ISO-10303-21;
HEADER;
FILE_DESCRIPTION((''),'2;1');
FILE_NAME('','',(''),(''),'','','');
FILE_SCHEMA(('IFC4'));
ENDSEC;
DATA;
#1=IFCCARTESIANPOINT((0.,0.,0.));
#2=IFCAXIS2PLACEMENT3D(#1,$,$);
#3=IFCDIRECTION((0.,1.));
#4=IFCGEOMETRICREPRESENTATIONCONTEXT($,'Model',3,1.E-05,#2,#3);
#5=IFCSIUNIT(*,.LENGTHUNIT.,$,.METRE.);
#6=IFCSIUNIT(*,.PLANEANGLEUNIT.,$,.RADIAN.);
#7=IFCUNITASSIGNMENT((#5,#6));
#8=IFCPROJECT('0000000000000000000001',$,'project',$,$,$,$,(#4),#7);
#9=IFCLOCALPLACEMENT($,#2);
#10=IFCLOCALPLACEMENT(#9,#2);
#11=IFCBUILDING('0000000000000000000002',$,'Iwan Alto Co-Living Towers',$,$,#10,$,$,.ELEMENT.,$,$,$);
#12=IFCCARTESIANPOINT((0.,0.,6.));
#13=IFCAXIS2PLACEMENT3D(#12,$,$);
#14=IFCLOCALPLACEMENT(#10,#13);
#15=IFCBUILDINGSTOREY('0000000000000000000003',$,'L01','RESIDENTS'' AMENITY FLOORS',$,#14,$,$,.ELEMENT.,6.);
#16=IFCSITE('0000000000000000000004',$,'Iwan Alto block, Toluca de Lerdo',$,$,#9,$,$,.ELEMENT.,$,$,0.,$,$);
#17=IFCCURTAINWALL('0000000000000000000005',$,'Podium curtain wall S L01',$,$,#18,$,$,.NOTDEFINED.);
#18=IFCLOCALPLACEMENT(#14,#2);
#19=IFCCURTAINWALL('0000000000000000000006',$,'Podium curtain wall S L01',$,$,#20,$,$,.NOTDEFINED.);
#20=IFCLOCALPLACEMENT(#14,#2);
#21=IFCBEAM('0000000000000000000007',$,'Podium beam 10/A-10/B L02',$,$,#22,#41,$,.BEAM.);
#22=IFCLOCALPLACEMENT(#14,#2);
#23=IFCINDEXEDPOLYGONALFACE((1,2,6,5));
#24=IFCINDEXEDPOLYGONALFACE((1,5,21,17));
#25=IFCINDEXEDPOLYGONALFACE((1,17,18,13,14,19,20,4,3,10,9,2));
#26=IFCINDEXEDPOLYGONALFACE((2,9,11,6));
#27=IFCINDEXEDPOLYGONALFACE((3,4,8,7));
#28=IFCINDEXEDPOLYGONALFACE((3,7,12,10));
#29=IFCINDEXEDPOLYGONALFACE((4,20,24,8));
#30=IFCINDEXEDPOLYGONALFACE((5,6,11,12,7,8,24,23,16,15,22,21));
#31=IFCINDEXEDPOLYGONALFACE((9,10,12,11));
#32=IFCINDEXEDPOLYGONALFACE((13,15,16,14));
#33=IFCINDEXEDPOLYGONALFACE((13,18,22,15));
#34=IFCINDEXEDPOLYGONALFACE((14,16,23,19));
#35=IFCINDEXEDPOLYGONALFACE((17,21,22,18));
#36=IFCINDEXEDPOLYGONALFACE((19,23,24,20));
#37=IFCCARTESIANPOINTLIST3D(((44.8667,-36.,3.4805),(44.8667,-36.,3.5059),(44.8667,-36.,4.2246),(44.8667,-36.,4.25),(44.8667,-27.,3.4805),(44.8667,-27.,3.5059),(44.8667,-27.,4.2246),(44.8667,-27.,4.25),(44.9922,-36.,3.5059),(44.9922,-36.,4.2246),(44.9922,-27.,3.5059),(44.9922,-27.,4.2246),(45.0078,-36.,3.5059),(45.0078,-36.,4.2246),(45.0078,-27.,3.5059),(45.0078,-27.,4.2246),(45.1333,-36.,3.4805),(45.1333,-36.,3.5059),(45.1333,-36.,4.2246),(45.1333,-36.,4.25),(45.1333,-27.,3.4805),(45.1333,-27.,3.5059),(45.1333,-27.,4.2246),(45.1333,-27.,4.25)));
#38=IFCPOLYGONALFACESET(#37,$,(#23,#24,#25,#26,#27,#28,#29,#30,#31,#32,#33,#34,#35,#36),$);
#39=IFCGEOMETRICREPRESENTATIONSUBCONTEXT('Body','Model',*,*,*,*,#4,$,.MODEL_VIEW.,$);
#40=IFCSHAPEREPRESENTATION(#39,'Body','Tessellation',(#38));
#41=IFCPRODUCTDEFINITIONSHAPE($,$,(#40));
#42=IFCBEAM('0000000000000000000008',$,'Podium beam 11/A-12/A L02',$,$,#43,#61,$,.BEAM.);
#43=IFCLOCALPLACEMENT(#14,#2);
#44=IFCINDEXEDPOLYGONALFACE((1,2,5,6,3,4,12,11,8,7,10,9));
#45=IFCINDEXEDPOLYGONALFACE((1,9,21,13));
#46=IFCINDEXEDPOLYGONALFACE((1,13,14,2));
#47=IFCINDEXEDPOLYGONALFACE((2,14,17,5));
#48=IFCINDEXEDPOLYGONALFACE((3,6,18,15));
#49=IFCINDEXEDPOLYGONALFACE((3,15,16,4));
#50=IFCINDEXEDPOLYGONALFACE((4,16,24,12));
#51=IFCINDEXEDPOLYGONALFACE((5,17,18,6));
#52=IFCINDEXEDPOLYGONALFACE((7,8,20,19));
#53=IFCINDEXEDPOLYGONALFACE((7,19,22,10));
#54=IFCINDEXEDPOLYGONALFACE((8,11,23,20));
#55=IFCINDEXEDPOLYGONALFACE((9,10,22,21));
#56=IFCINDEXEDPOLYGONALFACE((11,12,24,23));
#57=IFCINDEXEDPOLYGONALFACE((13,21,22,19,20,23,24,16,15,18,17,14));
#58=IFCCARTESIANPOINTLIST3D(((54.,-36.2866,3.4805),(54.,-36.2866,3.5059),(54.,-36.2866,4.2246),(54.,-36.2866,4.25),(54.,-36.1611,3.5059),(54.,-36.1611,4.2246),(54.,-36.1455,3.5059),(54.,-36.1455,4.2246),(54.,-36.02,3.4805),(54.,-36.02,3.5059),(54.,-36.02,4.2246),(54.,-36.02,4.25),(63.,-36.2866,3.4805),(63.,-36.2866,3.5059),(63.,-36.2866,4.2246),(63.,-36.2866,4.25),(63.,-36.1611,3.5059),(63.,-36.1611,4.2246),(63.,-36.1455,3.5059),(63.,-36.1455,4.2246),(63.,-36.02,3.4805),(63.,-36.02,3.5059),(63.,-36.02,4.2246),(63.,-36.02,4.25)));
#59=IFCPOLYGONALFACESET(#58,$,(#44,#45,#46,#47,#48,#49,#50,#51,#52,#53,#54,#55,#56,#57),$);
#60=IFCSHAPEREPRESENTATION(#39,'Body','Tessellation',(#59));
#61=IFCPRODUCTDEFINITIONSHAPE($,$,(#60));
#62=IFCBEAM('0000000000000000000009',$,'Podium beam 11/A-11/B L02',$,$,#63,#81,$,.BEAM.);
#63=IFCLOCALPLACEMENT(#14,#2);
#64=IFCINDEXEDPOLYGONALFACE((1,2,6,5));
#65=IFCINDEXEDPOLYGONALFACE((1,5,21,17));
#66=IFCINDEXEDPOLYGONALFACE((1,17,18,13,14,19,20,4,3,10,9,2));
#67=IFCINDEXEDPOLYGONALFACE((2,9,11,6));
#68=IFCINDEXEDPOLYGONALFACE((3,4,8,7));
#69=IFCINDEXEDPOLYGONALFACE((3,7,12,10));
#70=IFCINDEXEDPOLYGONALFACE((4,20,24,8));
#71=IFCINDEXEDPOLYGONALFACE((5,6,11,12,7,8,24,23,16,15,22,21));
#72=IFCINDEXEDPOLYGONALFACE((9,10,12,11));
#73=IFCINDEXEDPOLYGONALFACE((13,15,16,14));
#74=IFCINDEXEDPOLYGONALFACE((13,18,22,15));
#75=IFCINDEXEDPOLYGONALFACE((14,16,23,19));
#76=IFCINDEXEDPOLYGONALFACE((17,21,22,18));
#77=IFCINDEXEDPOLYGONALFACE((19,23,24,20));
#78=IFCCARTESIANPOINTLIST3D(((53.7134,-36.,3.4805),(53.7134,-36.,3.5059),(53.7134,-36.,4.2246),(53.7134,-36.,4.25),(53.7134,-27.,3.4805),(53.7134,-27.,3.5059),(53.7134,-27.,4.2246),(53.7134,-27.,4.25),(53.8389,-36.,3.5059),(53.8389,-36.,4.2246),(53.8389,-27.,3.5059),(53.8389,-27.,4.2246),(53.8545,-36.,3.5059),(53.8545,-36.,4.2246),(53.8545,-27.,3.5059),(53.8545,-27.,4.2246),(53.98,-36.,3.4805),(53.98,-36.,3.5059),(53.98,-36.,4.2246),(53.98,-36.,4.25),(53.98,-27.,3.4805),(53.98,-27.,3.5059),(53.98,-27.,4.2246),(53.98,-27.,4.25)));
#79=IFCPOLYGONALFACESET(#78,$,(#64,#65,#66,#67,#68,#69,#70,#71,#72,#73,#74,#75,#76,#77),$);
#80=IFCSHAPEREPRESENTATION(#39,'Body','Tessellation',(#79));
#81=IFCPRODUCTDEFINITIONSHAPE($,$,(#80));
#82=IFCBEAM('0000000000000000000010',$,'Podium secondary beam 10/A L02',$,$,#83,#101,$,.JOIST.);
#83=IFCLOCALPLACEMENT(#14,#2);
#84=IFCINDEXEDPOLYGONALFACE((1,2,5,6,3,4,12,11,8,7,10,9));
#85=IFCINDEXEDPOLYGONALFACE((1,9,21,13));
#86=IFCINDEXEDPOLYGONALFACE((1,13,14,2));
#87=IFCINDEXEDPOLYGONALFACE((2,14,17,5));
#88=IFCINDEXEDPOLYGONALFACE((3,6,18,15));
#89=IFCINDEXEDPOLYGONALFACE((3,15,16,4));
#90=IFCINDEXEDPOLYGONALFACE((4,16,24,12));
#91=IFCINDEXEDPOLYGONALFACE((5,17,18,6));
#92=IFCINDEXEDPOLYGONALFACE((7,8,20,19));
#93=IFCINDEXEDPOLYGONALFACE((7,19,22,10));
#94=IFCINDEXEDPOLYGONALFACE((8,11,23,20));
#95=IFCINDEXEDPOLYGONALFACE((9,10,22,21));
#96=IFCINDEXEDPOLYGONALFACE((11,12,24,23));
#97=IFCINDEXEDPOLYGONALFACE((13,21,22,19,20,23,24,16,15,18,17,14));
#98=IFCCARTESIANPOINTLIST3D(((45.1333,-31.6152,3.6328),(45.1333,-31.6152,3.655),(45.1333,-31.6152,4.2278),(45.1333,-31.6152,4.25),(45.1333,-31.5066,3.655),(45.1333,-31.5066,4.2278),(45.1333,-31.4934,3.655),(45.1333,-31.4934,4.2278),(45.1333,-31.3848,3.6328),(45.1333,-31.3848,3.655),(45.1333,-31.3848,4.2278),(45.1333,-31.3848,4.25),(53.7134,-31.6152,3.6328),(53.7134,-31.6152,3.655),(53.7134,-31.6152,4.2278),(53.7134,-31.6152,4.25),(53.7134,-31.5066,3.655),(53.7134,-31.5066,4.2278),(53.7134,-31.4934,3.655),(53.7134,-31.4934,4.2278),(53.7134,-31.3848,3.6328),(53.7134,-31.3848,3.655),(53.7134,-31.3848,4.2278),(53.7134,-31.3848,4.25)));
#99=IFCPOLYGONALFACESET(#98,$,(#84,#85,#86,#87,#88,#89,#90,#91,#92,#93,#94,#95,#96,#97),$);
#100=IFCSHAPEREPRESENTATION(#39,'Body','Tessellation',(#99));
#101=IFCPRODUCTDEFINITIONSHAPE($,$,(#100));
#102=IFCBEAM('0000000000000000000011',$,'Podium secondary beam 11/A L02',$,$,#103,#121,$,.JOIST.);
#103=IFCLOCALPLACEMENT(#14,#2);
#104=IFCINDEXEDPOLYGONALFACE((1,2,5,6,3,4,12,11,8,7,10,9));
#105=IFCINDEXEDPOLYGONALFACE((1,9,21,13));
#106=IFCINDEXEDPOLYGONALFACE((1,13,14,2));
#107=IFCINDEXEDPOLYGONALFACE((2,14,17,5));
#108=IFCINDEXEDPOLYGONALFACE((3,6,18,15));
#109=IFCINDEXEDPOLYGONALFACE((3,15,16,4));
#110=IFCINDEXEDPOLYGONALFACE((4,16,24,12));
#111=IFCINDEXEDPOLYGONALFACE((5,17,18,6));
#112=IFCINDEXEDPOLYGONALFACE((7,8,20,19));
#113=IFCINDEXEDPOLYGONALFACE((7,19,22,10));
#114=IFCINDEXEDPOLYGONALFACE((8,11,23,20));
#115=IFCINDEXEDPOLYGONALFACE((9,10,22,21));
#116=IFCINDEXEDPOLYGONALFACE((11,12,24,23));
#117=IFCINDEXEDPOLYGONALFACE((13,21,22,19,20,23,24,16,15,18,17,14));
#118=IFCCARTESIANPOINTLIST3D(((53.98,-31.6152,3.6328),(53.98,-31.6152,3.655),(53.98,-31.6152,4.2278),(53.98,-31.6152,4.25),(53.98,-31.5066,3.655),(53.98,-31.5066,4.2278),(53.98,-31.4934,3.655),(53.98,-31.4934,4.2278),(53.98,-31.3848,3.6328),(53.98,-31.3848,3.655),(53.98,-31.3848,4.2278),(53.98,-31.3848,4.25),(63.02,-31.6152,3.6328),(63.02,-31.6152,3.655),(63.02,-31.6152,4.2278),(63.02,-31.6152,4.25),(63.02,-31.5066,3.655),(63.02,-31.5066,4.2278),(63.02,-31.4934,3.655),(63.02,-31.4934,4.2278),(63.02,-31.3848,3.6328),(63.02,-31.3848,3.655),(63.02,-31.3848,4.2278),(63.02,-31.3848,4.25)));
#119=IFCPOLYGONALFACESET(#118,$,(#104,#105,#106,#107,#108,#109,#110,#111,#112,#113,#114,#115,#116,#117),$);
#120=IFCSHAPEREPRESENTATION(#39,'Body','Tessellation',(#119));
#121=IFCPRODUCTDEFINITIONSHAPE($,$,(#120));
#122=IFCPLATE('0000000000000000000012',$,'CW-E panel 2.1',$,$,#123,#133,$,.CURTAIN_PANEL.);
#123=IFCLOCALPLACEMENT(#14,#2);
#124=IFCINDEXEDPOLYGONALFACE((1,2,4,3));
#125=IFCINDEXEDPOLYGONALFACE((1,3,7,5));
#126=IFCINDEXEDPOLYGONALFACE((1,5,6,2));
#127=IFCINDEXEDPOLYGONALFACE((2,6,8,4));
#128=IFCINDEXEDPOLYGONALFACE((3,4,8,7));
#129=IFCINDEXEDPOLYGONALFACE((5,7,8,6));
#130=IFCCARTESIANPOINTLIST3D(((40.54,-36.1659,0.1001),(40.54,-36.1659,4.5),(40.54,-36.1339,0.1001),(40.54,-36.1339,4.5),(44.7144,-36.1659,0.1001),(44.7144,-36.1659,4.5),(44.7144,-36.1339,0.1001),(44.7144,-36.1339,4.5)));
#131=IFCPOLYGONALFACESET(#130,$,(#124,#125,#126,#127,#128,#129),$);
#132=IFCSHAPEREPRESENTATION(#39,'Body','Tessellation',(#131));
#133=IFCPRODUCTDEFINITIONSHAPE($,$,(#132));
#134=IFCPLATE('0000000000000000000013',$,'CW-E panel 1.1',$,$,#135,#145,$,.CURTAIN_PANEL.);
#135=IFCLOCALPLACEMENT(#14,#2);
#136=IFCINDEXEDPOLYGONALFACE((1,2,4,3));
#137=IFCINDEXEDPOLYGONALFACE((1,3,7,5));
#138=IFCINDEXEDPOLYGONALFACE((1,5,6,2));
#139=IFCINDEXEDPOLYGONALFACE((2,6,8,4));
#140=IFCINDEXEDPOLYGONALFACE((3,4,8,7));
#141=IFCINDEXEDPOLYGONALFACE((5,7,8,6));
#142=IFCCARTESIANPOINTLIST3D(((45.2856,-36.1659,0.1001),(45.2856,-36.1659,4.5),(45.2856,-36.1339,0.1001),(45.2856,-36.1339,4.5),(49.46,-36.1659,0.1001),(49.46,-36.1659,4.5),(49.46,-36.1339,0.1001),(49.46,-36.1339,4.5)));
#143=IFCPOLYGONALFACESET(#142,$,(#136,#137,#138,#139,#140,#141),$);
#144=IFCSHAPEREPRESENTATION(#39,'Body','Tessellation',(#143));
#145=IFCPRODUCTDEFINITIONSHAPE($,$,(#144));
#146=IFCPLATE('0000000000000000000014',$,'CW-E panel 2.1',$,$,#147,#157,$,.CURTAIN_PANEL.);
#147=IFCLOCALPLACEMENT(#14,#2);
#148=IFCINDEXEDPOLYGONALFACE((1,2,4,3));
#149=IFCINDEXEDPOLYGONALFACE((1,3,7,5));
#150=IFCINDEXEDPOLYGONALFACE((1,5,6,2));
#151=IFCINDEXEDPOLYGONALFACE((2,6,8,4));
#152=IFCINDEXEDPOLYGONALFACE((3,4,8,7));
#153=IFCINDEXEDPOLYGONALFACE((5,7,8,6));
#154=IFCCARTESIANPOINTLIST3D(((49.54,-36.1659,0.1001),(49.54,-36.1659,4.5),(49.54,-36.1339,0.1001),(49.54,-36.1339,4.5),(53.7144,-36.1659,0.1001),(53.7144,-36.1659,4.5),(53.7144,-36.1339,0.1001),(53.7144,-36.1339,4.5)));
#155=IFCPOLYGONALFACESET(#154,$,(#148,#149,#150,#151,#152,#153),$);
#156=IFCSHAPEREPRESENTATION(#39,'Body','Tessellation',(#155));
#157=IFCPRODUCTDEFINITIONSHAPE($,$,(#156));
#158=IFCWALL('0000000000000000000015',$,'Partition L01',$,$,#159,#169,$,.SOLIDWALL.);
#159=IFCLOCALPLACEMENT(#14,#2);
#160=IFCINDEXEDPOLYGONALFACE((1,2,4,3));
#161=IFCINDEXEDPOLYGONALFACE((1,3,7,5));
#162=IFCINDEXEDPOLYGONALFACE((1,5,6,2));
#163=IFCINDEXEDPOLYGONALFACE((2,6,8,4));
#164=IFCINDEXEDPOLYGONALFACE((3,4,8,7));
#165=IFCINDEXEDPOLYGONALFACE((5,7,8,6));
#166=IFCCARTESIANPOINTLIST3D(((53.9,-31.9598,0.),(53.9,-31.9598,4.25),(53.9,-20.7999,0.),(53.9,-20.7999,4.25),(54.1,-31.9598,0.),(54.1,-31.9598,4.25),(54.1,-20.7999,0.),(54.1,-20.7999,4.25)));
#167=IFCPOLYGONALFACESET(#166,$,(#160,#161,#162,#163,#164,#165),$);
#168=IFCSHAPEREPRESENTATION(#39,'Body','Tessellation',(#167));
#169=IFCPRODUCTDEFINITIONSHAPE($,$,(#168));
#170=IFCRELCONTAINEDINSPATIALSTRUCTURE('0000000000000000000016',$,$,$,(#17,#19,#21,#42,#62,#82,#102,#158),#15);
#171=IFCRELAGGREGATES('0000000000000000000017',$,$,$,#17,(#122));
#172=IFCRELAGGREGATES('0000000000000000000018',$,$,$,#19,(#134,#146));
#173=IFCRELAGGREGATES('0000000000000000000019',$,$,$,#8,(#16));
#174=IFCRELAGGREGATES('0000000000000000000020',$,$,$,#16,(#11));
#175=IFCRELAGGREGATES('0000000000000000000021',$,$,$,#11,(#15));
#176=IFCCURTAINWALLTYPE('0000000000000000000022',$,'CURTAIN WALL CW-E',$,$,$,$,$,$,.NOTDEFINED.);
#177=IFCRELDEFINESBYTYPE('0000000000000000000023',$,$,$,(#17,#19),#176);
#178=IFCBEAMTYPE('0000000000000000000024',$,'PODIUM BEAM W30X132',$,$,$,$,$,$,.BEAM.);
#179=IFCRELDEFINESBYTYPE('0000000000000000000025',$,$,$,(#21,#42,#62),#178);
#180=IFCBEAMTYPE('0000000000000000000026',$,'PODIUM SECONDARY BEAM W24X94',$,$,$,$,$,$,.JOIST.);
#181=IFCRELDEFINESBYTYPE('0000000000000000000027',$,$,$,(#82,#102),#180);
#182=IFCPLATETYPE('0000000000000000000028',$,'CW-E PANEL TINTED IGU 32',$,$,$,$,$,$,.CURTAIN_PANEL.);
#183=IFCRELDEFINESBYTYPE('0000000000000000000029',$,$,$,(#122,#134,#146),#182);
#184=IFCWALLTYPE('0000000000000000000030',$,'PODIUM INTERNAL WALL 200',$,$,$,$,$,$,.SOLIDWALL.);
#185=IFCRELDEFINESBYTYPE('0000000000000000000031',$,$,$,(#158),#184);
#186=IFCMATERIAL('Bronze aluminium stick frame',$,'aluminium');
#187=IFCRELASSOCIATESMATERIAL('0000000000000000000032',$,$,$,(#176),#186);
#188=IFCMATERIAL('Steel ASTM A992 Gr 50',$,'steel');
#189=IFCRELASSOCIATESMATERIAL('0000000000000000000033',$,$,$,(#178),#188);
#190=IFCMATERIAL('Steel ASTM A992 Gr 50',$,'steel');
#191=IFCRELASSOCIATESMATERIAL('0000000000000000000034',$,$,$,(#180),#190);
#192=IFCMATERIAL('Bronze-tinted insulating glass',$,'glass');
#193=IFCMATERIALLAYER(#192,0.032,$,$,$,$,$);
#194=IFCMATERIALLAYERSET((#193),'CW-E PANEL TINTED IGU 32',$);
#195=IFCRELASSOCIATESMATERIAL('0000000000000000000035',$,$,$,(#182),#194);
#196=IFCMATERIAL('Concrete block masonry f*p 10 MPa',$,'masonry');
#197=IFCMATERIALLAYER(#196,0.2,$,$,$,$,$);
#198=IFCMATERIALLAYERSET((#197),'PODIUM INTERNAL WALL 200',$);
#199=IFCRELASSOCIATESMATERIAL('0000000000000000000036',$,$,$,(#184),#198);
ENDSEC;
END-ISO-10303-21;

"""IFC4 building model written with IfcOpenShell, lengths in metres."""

from ifc_helpers import new_model, si_unit, direction, frame, frame_2d, origin, origin_2d, place, context, subcontext, project, spatial, rectangle, i_section, extrude, material, layer, layer_set, material_profile, profile_set, type_object, element, aggregate, save


model = new_model("IFC4")

# Units and contexts
model_context = context("Model", 3, precision=1e-05, world=origin(), true_north=direction((0.0, 1.0)))
body_context = subcontext(model_context, "Body", "Model", "MODEL_VIEW")
ifc_project = project(units=[si_unit("LENGTHUNIT", "METRE"), si_unit("PLANEANGLEUNIT", "RADIAN")], contexts=[model_context])

# Site, building, storey
site_placement = place(None, origin())
site = spatial("IfcSite", under=ifc_project, at=site_placement, Name="Iwan Alto block, Toluca de Lerdo", CompositionType="ELEMENT", RefElevation=0.0)
building_placement = place(site_placement, origin())
building = spatial("IfcBuilding", under=site, at=building_placement, Name="Iwan Alto Co-Living Towers", CompositionType="ELEMENT")
storey_placement = place(building_placement, frame((0.0, 0.0, 6.0)))
storey = spatial("IfcBuildingStorey", under=building, at=storey_placement, Name="L01", Description="RESIDENTS' AMENITY FLOORS", CompositionType="ELEMENT", Elevation=6.0)

# Curtain wall
ifc_material_1 = material(Name="Bronze aluminium stick frame", Category="aluminium")
curtain_wall_type = type_object("IfcCurtainWallType", Name="CURTAIN WALL CW-E", PredefinedType="NOTDEFINED", material=ifc_material_1)
curtain_wall_1_placement = place(storey_placement, origin())
curtain_wall_1 = element("IfcCurtainWall", 1, at=curtain_wall_1_placement, inside=storey, type_object=curtain_wall_type, Name="Podium curtain wall S L01", PredefinedType="NOTDEFINED")

# Curtain wall
curtain_wall_2_placement = place(storey_placement, origin())
curtain_wall_2 = element("IfcCurtainWall", 2, at=curtain_wall_2_placement, inside=storey, type_object=curtain_wall_type, Name="Podium curtain wall S L01", PredefinedType="NOTDEFINED")

# Beams
ifc_material_2 = material(Name="Steel ASTM A992 Gr 50", Category="steel")
ifc_material_profile_1 = material_profile(ifc_material_2, i_section(OverallWidth=0.2666, OverallDepth=0.7695, WebThickness=0.0156, FlangeThickness=0.0254, at=origin_2d()), Name="W30X132")
ifc_profile_set_1 = profile_set([ifc_material_profile_1], Name="Steel ASTM A992 Gr 50")
beam_type_1 = type_object("IfcBeamType", Name="PODIUM BEAM W30X132", PredefinedType="BEAM", material=ifc_profile_set_1)
for number, where, z_axis, x_axis, name in (
    (3, (45.0, -36.0, 3.8652), (0.0, 1.0, 0.0), (-1.0, 0.0, 0.0), "Podium beam 10/A-10/B L02"),
    (4, (54.0, -36.1533, 3.8652), (1.0, 0.0, 0.0), (0.0, 1.0, 0.0), "Podium beam 11/A-12/A L02"),
    (5, (53.8467, -36.0, 3.8652), (0.0, 1.0, 0.0), (-1.0, 0.0, 0.0), "Podium beam 11/A-11/B L02"),
):
    element("IfcBeam", number, at=place(storey_placement, frame(where, z_axis=z_axis, x_axis=x_axis)), inside=storey, type_object=beam_type_1, Name=name, PredefinedType="BEAM", context=body_context, shape_type="SweptSolid", body=[
        extrude(i_section(OverallWidth=0.2666, OverallDepth=0.7695, WebThickness=0.0156, FlangeThickness=0.0254, at=origin_2d()), origin(), (0.0, 0.0, 1.0), 9.0),
    ])
ifc_material_3 = material(Name="Steel ASTM A992 Gr 50", Category="steel")
ifc_material_profile_2 = material_profile(ifc_material_3, i_section(OverallWidth=0.2305, OverallDepth=0.6172, WebThickness=0.0132, FlangeThickness=0.0222, at=origin_2d()), Name="W24X94")
ifc_profile_set_2 = profile_set([ifc_material_profile_2], Name="Steel ASTM A992 Gr 50")
beam_type_2 = type_object("IfcBeamType", Name="PODIUM SECONDARY BEAM W24X94", PredefinedType="JOIST", material=ifc_profile_set_2)
beam_1_placement = place(storey_placement, frame((45.1333, -31.5, 3.9414), z_axis=(1.0, 0.0, 0.0), x_axis=(0.0, 1.0, 0.0)))
element("IfcBeam", 6, at=beam_1_placement, inside=storey, type_object=beam_type_2, Name="Podium secondary beam 10/A L02", PredefinedType="JOIST", context=body_context, shape_type="SweptSolid", body=[
    extrude(i_section(OverallWidth=0.2305, OverallDepth=0.6172, WebThickness=0.0132, FlangeThickness=0.0222, at=origin_2d()), origin(), (0.0, 0.0, 1.0), 8.5801),
])
beam_2_placement = place(storey_placement, frame((53.98, -31.5, 3.9414), z_axis=(1.0, 0.0, 0.0), x_axis=(0.0, 1.0, 0.0)))
element("IfcBeam", 7, at=beam_2_placement, inside=storey, type_object=beam_type_2, Name="Podium secondary beam 11/A L02", PredefinedType="JOIST", context=body_context, shape_type="SweptSolid", body=[
    extrude(i_section(OverallWidth=0.2305, OverallDepth=0.6172, WebThickness=0.0132, FlangeThickness=0.0222, at=origin_2d()), origin(), (0.0, 0.0, 1.0), 9.04),
])

# Plates
ifc_material_4 = material(Name="Bronze-tinted insulating glass", Category="glass")
ifc_layer_1 = layer(ifc_material_4, 0.032)
ifc_layer_set_1 = layer_set([ifc_layer_1], Name="CW-E PANEL TINTED IGU 32")
plate_type = type_object("IfcPlateType", Name="CW-E PANEL TINTED IGU 32", PredefinedType="CURTAIN_PANEL", material=ifc_layer_set_1)
plate_1_placement = place(storey_placement, frame((42.6272, -36.1499, 0.1001), z_axis=(0.0, 0.0, 1.0), x_axis=(1.0, 0.0, 0.0)))
plate_1 = element("IfcPlate", 8, at=plate_1_placement, type_object=plate_type, Name="CW-E panel 2.1", PredefinedType="CURTAIN_PANEL", context=body_context, shape_type="SweptSolid", body=[
    extrude(rectangle(XDim=4.1743, YDim=0.032, at=origin_2d()), origin(), (0.0, 0.0, 1.0), 4.3999),
])
aggregate(curtain_wall_1, [plate_1])
plate_2_placement = place(storey_placement, frame((47.3728, -36.1499, 0.1001), z_axis=(0.0, 0.0, 1.0), x_axis=(1.0, 0.0, 0.0)))
plate_2 = element("IfcPlate", 9, at=plate_2_placement, type_object=plate_type, Name="CW-E panel 1.1", PredefinedType="CURTAIN_PANEL", context=body_context, shape_type="SweptSolid", body=[
    extrude(rectangle(XDim=4.1743, YDim=0.032, at=origin_2d()), origin(), (0.0, 0.0, 1.0), 4.3999),
])
plate_3_placement = place(storey_placement, frame((51.6272, -36.1499, 0.1001), z_axis=(0.0, 0.0, 1.0), x_axis=(1.0, 0.0, 0.0)))
plate_3 = element("IfcPlate", 10, at=plate_3_placement, type_object=plate_type, Name="CW-E panel 2.1", PredefinedType="CURTAIN_PANEL", context=body_context, shape_type="SweptSolid", body=[
    extrude(rectangle(XDim=4.1743, YDim=0.032, at=origin_2d()), origin(), (0.0, 0.0, 1.0), 4.3999),
])
aggregate(curtain_wall_2, [plate_2, plate_3])

# Wall
ifc_material_5 = material(Name="Concrete block masonry f*p 10 MPa", Category="masonry")
ifc_layer_2 = layer(ifc_material_5, 0.2)
ifc_layer_set_2 = layer_set([ifc_layer_2], Name="PODIUM INTERNAL WALL 200")
wall_type_1 = type_object("IfcWallType", Name="PODIUM INTERNAL WALL 200", PredefinedType="SOLIDWALL", material=ifc_layer_set_2)
wall_1_placement = place(storey_placement, frame((54.0, -31.96, 0.0), z_axis=(0.0, 0.0, 1.0), x_axis=(0.0, 1.0, 0.0)))
element("IfcWall", 11, at=wall_1_placement, inside=storey, type_object=wall_type_1, Name="Partition L01", PredefinedType="SOLIDWALL", context=body_context, shape_type="SweptSolid", body=[
    extrude(rectangle(XDim=11.1599, YDim=0.2, at=frame_2d((5.5801, 0.0))), origin(), (0.0, 0.0, 1.0), 4.25),
])

save(model, "model.ifc")
